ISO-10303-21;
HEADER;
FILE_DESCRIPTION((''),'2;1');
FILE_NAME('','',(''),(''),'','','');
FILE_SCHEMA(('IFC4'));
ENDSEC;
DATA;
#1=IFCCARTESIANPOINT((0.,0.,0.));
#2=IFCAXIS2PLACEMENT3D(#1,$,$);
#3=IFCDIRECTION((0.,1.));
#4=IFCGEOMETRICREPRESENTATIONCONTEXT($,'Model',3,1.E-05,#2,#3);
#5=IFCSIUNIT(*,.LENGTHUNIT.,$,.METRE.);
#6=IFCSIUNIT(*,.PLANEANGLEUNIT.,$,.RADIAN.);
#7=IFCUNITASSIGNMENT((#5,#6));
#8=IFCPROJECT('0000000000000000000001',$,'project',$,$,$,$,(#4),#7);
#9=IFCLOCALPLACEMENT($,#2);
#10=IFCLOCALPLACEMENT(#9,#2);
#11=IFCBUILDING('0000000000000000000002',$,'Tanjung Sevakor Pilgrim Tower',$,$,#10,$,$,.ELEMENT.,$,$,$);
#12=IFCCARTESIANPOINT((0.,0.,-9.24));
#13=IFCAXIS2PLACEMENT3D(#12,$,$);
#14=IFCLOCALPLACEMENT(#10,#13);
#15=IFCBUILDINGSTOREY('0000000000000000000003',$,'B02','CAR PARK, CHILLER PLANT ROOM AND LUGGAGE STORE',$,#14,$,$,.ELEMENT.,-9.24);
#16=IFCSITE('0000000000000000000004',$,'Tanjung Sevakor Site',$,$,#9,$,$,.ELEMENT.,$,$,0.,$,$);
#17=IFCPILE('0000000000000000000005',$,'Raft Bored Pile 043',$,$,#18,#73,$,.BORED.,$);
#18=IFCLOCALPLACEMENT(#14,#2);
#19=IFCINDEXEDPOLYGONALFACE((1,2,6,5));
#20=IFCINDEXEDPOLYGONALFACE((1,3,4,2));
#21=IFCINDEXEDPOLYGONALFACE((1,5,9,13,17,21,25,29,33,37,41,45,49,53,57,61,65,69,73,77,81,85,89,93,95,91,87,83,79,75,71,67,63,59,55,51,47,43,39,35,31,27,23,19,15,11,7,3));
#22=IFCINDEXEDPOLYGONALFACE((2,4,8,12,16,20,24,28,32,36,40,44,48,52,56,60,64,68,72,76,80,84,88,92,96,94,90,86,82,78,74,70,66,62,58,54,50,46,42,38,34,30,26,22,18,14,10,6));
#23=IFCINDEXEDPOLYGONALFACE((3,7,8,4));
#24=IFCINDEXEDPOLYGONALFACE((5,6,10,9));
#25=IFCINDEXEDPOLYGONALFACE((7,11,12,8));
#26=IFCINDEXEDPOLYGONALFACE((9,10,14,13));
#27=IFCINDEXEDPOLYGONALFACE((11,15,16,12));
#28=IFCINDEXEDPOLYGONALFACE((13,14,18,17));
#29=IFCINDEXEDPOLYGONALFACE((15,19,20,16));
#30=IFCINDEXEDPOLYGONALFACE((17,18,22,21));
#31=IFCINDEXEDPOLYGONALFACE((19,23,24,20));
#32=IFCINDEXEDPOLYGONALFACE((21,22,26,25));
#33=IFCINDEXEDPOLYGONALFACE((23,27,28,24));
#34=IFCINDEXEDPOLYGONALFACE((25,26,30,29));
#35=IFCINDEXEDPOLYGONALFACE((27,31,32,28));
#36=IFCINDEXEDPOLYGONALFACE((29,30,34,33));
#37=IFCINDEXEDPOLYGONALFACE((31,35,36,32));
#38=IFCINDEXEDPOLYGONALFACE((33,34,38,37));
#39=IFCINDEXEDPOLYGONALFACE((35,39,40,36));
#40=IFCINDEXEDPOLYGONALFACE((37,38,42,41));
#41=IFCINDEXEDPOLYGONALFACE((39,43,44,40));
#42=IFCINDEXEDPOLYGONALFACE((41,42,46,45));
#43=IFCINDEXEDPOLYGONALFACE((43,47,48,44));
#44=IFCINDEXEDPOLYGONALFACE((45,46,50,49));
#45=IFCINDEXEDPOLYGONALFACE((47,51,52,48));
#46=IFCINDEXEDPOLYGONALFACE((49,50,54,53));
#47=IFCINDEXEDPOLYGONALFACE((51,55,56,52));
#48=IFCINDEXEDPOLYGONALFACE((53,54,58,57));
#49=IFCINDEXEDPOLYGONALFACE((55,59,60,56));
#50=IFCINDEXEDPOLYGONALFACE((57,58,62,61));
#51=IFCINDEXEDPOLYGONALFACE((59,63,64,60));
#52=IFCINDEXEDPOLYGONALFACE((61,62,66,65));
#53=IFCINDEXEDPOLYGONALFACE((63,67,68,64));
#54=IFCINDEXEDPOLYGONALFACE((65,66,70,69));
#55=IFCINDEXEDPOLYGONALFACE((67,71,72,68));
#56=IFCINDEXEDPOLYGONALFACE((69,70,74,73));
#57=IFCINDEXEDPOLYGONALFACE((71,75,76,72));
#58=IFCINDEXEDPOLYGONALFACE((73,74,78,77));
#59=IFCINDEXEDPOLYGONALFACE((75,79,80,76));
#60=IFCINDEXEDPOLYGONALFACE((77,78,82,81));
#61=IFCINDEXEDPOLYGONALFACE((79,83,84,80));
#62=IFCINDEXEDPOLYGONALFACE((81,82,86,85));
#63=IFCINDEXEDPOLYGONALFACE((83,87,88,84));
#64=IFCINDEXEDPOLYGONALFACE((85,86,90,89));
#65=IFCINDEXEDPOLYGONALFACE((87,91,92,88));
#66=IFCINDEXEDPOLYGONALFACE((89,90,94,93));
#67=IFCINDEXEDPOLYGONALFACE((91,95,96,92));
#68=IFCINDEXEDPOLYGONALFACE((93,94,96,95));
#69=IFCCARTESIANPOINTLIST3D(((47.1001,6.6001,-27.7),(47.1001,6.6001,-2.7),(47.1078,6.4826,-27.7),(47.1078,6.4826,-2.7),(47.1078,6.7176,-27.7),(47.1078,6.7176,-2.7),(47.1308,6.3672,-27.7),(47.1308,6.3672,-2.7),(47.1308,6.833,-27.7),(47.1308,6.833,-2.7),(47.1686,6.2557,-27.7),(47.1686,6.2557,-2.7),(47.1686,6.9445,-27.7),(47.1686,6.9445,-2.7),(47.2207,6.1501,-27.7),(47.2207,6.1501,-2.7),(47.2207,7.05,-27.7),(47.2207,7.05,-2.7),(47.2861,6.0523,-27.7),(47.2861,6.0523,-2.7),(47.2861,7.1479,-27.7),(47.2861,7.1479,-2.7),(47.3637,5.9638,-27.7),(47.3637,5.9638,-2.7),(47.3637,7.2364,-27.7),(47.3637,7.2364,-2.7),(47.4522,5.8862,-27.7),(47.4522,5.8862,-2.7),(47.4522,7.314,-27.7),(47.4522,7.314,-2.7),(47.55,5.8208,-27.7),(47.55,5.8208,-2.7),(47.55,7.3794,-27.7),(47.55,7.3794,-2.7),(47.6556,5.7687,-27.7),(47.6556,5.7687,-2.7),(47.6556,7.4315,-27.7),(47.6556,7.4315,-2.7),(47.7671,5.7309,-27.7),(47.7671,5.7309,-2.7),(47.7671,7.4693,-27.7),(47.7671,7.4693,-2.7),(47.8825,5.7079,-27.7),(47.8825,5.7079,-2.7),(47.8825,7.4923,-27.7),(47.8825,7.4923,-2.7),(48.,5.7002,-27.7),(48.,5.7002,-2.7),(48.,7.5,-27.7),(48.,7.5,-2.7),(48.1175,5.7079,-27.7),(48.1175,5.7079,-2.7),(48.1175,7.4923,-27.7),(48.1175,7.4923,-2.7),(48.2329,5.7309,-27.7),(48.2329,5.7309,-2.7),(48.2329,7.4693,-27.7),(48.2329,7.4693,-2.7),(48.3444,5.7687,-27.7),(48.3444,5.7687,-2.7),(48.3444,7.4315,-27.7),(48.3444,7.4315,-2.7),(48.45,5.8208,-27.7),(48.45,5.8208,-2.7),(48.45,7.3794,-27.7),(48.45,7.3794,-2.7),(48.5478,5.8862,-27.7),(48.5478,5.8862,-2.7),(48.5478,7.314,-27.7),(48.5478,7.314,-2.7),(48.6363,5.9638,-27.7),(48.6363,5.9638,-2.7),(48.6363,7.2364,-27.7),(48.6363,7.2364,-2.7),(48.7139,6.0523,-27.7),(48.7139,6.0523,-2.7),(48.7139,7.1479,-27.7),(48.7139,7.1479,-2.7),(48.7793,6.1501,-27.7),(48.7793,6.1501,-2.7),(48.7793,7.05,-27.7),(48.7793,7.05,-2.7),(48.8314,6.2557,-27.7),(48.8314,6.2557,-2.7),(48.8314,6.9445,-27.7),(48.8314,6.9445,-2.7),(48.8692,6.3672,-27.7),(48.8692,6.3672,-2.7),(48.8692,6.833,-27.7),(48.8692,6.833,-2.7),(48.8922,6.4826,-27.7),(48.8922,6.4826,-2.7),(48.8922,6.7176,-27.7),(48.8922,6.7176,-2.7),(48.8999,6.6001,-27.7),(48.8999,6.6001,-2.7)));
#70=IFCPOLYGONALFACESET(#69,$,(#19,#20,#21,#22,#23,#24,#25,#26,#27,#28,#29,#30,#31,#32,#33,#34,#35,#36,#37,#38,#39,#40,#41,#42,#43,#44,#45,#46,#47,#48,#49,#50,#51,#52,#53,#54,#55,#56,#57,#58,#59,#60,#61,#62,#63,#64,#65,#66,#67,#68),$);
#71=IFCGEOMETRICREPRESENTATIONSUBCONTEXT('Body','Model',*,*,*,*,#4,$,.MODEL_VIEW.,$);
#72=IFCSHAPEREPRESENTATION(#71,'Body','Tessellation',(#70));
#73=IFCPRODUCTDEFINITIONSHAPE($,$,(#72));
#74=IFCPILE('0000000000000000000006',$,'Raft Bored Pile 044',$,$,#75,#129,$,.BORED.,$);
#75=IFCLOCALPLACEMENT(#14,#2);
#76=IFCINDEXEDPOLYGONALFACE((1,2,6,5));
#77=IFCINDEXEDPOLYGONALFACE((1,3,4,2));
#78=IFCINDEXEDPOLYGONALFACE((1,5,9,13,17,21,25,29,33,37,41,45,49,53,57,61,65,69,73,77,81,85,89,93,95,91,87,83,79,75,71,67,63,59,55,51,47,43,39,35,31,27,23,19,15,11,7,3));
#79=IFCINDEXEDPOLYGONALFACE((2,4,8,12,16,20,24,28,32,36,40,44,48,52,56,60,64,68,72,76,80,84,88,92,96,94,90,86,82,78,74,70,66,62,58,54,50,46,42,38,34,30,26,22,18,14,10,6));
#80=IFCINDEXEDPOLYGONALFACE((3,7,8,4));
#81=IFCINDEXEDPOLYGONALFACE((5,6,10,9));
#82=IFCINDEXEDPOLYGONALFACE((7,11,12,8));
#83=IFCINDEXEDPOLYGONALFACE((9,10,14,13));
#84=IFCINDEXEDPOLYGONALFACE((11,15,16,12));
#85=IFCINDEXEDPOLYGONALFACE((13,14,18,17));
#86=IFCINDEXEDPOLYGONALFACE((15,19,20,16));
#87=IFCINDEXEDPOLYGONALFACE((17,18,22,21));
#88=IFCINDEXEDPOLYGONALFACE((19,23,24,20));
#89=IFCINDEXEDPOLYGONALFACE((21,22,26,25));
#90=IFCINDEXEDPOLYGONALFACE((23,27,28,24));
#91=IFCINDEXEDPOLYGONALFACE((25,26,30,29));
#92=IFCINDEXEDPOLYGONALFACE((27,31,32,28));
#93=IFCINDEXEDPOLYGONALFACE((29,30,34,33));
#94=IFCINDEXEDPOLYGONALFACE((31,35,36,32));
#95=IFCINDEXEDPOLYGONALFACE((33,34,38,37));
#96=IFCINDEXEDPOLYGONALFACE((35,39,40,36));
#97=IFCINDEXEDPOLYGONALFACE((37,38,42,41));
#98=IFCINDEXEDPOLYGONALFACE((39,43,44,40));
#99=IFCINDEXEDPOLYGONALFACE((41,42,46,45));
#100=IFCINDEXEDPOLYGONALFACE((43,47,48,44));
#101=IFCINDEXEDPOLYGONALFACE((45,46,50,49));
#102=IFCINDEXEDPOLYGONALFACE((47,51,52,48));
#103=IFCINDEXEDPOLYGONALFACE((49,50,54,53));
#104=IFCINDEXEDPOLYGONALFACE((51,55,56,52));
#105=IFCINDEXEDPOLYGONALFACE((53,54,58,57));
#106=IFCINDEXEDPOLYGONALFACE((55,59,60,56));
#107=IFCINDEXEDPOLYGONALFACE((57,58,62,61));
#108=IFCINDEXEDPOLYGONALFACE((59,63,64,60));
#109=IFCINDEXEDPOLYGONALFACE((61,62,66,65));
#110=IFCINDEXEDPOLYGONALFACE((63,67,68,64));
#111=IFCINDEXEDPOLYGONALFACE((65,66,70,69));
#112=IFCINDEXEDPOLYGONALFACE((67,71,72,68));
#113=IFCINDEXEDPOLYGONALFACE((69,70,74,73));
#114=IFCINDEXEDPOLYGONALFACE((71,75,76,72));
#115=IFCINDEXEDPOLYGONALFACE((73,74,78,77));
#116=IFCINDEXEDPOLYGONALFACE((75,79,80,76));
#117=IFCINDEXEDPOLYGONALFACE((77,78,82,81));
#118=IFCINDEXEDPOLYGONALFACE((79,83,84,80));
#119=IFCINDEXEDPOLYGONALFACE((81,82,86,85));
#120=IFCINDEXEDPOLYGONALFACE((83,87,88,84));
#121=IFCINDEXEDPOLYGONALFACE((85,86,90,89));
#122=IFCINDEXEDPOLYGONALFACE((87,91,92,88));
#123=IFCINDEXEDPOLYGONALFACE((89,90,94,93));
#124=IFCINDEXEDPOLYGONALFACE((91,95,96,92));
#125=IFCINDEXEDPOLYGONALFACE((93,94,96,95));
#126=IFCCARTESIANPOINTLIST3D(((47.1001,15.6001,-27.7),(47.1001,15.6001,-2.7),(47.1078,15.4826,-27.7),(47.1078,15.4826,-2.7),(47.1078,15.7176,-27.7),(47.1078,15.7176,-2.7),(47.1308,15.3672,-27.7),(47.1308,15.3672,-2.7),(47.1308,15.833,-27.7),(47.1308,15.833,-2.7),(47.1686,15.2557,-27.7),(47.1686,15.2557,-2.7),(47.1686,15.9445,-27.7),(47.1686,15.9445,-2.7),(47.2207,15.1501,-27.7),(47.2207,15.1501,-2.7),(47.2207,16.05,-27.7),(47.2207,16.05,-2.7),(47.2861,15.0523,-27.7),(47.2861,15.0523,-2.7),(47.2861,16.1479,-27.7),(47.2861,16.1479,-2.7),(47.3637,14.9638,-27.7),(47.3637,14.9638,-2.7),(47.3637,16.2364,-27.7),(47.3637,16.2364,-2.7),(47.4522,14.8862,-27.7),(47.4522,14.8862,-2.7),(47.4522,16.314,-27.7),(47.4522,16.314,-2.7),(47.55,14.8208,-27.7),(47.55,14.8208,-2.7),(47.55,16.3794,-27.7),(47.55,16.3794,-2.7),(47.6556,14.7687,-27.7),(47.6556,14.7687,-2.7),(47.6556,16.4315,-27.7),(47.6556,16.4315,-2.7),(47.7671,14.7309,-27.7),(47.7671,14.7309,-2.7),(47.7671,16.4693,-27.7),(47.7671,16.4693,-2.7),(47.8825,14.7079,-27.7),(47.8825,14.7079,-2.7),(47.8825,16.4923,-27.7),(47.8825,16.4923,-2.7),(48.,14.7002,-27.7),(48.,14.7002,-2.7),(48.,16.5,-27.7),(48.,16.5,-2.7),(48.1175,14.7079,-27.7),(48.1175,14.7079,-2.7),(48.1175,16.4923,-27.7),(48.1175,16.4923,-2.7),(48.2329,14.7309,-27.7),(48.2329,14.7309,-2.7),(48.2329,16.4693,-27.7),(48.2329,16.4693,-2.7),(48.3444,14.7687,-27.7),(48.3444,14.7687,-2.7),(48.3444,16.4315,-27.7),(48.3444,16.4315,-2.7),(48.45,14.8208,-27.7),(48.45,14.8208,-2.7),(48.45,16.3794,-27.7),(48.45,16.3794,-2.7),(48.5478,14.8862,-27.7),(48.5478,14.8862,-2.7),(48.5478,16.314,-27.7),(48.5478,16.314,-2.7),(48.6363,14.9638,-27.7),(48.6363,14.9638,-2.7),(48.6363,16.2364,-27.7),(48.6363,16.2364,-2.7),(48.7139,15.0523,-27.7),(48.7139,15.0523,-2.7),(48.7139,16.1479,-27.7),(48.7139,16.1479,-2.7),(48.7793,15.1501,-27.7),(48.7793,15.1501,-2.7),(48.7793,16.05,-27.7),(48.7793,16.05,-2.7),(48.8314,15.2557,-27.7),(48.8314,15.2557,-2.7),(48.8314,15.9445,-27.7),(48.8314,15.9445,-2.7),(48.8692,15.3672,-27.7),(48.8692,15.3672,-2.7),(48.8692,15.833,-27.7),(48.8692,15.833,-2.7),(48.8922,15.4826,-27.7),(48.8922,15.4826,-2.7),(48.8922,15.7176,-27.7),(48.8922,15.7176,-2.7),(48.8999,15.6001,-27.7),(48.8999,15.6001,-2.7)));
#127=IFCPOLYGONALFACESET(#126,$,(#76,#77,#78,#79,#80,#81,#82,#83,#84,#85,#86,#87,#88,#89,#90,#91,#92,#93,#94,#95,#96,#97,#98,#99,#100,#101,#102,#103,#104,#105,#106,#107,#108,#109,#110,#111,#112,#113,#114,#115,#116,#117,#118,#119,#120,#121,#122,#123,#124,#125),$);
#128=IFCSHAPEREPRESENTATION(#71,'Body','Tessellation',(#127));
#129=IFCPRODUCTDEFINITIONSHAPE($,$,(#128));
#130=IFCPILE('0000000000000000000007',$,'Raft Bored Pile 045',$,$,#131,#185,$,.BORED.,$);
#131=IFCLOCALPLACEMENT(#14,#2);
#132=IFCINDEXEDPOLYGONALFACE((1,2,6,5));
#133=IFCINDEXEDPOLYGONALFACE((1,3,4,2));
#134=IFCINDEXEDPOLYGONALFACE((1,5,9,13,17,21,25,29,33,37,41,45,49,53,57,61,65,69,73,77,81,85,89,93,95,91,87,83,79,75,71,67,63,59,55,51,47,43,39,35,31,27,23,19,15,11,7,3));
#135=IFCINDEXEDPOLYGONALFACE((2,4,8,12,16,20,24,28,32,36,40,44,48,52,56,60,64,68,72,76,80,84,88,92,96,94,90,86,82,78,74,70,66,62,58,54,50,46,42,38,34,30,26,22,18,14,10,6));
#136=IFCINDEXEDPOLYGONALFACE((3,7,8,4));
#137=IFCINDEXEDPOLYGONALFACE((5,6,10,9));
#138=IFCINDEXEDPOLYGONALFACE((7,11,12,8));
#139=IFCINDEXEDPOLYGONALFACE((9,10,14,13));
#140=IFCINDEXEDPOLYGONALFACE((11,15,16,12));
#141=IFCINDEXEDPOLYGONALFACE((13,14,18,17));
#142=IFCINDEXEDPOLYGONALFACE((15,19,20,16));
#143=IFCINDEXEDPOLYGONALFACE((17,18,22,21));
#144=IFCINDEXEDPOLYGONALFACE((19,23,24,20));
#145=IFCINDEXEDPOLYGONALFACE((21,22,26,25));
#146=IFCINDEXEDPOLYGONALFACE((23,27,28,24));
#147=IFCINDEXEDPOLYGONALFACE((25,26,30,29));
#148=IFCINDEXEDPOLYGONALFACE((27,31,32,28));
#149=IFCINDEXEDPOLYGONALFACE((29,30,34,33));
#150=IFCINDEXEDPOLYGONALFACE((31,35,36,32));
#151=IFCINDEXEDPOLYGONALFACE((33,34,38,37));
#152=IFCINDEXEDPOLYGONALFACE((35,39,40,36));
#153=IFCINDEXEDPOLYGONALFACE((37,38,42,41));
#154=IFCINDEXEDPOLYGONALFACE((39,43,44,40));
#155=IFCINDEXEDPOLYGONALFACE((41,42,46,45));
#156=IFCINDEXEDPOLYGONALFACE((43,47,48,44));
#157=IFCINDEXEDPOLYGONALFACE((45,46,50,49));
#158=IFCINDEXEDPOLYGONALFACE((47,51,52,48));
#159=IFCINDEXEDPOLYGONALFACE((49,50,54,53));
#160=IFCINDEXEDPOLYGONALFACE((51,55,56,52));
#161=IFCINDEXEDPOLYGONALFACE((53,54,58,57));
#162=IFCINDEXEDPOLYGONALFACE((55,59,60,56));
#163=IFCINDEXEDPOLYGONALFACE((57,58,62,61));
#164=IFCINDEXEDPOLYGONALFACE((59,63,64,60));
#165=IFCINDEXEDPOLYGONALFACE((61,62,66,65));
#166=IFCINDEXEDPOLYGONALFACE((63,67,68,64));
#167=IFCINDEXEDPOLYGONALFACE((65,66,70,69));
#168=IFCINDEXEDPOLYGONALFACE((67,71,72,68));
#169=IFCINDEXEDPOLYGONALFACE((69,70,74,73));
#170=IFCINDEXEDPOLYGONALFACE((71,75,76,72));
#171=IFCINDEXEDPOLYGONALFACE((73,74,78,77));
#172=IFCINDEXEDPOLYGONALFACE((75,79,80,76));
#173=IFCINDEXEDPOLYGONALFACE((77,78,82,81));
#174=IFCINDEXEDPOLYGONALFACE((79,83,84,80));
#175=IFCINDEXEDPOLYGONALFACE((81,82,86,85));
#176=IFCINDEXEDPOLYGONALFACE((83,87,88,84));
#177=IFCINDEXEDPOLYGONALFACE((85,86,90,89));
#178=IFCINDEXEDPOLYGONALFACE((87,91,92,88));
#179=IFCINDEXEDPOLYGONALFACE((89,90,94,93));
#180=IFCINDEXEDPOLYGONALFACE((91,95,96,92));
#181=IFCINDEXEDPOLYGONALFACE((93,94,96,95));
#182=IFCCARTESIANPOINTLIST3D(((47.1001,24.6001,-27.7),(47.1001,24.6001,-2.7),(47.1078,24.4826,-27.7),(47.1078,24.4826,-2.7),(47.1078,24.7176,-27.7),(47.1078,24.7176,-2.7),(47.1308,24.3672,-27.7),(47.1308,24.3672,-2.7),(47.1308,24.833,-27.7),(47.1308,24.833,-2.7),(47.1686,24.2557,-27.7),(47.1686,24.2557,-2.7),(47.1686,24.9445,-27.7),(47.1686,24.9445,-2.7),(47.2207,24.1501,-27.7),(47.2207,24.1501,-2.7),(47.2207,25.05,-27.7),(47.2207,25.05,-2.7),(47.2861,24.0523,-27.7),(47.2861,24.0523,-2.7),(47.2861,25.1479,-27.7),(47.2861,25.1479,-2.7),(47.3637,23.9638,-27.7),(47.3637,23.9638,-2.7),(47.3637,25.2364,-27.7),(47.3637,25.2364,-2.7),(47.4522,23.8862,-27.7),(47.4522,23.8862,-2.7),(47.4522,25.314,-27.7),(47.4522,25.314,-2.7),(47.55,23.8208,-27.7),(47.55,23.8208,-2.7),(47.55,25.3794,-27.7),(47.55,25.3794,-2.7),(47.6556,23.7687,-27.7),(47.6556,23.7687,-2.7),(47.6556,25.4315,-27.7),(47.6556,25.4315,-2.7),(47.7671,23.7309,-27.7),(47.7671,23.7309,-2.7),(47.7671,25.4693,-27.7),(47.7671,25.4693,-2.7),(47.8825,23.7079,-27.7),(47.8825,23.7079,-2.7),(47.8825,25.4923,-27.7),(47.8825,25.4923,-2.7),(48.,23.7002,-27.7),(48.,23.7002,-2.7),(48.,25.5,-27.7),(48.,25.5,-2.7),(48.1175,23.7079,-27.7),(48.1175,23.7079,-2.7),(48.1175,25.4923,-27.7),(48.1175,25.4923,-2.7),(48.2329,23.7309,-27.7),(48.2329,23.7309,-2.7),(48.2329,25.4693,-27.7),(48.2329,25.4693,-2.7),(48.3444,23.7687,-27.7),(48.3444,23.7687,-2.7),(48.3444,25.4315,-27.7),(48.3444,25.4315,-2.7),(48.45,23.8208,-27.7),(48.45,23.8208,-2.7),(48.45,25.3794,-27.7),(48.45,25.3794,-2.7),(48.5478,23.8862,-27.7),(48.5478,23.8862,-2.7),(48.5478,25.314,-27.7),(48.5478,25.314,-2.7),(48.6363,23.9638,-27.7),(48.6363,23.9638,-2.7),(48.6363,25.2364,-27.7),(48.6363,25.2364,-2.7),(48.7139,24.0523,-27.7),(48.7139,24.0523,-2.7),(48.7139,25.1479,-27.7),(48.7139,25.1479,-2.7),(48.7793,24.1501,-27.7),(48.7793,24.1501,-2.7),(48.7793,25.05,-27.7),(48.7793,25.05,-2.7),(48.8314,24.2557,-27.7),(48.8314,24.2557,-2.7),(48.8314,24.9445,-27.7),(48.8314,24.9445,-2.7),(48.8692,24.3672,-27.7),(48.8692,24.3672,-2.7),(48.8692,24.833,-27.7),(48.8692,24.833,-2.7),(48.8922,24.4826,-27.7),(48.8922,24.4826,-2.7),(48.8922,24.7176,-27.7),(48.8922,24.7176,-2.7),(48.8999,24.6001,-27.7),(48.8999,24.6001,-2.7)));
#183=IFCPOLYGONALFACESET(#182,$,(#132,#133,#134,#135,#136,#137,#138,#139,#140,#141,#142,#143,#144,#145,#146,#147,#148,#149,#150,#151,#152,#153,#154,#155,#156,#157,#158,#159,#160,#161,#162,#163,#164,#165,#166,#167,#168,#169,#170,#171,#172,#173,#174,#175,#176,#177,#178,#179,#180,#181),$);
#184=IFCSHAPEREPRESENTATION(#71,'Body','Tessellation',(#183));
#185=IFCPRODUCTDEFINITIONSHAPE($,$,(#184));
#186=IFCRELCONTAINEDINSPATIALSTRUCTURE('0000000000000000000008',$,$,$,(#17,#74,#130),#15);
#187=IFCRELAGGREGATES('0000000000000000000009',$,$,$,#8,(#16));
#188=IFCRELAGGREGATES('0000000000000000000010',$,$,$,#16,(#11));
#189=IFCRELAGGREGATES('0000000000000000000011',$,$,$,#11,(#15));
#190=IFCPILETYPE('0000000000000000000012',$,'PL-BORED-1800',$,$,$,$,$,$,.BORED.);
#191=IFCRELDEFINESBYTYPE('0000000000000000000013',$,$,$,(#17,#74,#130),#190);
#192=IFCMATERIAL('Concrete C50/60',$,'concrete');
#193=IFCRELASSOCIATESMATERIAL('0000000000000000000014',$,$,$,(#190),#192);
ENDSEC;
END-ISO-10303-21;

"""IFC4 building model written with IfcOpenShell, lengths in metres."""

from ifc_helpers import new_model, si_unit, direction, frame, origin, origin_2d, place, context, subcontext, project, spatial, circle, extrude, material, material_profile, profile_set, type_object, element, save


model = new_model("IFC4")

# Units and contexts
model_context = context("Model", 3, precision=1e-05, world=origin(), true_north=direction((0.0, 1.0)))
body_context = subcontext(model_context, "Body", "Model", "MODEL_VIEW")
ifc_project = project(units=[si_unit("LENGTHUNIT", "METRE"), si_unit("PLANEANGLEUNIT", "RADIAN")], contexts=[model_context])

# Site, building, storey
site_placement = place(None, origin())
site = spatial("IfcSite", under=ifc_project, at=site_placement, Name="Tanjung Sevakor Site", CompositionType="ELEMENT", RefElevation=0.0)
building_placement = place(site_placement, origin())
building = spatial("IfcBuilding", under=site, at=building_placement, Name="Tanjung Sevakor Pilgrim Tower", CompositionType="ELEMENT")
storey_placement = place(building_placement, frame((0.0, 0.0, -9.24)))
storey = spatial("IfcBuildingStorey", under=building, at=storey_placement, Name="B02", Description="CAR PARK, CHILLER PLANT ROOM AND LUGGAGE STORE", CompositionType="ELEMENT", Elevation=-9.24)

# Piles
ifc_material_1 = material(Name="Concrete C50/60", Category="concrete")
ifc_material_profile_1 = material_profile(ifc_material_1, circle(Radius=0.8999, at=origin_2d()))
ifc_profile_set_1 = profile_set([ifc_material_profile_1], Name="Concrete C50/60")
pile_type = type_object("IfcPileType", Name="PL-BORED-1800", PredefinedType="BORED", material=ifc_profile_set_1)
for number, where, z_axis, x_axis, name in (
    (1, (48.0, 6.6001, -2.7), (0.0, 0.0, -1.0), (1.0, 0.0, 0.0), "Raft Bored Pile 043"),
    (2, (48.0, 15.6001, -2.7), (0.0, 0.0, -1.0), (1.0, 0.0, 0.0), "Raft Bored Pile 044"),
    (3, (48.0, 24.6001, -2.7), (0.0, 0.0, -1.0), (1.0, 0.0, 0.0), "Raft Bored Pile 045"),
):
    element("IfcPile", number, at=place(storey_placement, frame(where, z_axis=z_axis, x_axis=x_axis)), inside=storey, type_object=pile_type, Name=name, PredefinedType="BORED", context=body_context, shape_type="SweptSolid", body=[
        extrude(circle(Radius=0.8999, at=origin_2d()), origin(), (0.0, 0.0, 1.0), 25.0),
    ])

save(model, "model.ifc")
